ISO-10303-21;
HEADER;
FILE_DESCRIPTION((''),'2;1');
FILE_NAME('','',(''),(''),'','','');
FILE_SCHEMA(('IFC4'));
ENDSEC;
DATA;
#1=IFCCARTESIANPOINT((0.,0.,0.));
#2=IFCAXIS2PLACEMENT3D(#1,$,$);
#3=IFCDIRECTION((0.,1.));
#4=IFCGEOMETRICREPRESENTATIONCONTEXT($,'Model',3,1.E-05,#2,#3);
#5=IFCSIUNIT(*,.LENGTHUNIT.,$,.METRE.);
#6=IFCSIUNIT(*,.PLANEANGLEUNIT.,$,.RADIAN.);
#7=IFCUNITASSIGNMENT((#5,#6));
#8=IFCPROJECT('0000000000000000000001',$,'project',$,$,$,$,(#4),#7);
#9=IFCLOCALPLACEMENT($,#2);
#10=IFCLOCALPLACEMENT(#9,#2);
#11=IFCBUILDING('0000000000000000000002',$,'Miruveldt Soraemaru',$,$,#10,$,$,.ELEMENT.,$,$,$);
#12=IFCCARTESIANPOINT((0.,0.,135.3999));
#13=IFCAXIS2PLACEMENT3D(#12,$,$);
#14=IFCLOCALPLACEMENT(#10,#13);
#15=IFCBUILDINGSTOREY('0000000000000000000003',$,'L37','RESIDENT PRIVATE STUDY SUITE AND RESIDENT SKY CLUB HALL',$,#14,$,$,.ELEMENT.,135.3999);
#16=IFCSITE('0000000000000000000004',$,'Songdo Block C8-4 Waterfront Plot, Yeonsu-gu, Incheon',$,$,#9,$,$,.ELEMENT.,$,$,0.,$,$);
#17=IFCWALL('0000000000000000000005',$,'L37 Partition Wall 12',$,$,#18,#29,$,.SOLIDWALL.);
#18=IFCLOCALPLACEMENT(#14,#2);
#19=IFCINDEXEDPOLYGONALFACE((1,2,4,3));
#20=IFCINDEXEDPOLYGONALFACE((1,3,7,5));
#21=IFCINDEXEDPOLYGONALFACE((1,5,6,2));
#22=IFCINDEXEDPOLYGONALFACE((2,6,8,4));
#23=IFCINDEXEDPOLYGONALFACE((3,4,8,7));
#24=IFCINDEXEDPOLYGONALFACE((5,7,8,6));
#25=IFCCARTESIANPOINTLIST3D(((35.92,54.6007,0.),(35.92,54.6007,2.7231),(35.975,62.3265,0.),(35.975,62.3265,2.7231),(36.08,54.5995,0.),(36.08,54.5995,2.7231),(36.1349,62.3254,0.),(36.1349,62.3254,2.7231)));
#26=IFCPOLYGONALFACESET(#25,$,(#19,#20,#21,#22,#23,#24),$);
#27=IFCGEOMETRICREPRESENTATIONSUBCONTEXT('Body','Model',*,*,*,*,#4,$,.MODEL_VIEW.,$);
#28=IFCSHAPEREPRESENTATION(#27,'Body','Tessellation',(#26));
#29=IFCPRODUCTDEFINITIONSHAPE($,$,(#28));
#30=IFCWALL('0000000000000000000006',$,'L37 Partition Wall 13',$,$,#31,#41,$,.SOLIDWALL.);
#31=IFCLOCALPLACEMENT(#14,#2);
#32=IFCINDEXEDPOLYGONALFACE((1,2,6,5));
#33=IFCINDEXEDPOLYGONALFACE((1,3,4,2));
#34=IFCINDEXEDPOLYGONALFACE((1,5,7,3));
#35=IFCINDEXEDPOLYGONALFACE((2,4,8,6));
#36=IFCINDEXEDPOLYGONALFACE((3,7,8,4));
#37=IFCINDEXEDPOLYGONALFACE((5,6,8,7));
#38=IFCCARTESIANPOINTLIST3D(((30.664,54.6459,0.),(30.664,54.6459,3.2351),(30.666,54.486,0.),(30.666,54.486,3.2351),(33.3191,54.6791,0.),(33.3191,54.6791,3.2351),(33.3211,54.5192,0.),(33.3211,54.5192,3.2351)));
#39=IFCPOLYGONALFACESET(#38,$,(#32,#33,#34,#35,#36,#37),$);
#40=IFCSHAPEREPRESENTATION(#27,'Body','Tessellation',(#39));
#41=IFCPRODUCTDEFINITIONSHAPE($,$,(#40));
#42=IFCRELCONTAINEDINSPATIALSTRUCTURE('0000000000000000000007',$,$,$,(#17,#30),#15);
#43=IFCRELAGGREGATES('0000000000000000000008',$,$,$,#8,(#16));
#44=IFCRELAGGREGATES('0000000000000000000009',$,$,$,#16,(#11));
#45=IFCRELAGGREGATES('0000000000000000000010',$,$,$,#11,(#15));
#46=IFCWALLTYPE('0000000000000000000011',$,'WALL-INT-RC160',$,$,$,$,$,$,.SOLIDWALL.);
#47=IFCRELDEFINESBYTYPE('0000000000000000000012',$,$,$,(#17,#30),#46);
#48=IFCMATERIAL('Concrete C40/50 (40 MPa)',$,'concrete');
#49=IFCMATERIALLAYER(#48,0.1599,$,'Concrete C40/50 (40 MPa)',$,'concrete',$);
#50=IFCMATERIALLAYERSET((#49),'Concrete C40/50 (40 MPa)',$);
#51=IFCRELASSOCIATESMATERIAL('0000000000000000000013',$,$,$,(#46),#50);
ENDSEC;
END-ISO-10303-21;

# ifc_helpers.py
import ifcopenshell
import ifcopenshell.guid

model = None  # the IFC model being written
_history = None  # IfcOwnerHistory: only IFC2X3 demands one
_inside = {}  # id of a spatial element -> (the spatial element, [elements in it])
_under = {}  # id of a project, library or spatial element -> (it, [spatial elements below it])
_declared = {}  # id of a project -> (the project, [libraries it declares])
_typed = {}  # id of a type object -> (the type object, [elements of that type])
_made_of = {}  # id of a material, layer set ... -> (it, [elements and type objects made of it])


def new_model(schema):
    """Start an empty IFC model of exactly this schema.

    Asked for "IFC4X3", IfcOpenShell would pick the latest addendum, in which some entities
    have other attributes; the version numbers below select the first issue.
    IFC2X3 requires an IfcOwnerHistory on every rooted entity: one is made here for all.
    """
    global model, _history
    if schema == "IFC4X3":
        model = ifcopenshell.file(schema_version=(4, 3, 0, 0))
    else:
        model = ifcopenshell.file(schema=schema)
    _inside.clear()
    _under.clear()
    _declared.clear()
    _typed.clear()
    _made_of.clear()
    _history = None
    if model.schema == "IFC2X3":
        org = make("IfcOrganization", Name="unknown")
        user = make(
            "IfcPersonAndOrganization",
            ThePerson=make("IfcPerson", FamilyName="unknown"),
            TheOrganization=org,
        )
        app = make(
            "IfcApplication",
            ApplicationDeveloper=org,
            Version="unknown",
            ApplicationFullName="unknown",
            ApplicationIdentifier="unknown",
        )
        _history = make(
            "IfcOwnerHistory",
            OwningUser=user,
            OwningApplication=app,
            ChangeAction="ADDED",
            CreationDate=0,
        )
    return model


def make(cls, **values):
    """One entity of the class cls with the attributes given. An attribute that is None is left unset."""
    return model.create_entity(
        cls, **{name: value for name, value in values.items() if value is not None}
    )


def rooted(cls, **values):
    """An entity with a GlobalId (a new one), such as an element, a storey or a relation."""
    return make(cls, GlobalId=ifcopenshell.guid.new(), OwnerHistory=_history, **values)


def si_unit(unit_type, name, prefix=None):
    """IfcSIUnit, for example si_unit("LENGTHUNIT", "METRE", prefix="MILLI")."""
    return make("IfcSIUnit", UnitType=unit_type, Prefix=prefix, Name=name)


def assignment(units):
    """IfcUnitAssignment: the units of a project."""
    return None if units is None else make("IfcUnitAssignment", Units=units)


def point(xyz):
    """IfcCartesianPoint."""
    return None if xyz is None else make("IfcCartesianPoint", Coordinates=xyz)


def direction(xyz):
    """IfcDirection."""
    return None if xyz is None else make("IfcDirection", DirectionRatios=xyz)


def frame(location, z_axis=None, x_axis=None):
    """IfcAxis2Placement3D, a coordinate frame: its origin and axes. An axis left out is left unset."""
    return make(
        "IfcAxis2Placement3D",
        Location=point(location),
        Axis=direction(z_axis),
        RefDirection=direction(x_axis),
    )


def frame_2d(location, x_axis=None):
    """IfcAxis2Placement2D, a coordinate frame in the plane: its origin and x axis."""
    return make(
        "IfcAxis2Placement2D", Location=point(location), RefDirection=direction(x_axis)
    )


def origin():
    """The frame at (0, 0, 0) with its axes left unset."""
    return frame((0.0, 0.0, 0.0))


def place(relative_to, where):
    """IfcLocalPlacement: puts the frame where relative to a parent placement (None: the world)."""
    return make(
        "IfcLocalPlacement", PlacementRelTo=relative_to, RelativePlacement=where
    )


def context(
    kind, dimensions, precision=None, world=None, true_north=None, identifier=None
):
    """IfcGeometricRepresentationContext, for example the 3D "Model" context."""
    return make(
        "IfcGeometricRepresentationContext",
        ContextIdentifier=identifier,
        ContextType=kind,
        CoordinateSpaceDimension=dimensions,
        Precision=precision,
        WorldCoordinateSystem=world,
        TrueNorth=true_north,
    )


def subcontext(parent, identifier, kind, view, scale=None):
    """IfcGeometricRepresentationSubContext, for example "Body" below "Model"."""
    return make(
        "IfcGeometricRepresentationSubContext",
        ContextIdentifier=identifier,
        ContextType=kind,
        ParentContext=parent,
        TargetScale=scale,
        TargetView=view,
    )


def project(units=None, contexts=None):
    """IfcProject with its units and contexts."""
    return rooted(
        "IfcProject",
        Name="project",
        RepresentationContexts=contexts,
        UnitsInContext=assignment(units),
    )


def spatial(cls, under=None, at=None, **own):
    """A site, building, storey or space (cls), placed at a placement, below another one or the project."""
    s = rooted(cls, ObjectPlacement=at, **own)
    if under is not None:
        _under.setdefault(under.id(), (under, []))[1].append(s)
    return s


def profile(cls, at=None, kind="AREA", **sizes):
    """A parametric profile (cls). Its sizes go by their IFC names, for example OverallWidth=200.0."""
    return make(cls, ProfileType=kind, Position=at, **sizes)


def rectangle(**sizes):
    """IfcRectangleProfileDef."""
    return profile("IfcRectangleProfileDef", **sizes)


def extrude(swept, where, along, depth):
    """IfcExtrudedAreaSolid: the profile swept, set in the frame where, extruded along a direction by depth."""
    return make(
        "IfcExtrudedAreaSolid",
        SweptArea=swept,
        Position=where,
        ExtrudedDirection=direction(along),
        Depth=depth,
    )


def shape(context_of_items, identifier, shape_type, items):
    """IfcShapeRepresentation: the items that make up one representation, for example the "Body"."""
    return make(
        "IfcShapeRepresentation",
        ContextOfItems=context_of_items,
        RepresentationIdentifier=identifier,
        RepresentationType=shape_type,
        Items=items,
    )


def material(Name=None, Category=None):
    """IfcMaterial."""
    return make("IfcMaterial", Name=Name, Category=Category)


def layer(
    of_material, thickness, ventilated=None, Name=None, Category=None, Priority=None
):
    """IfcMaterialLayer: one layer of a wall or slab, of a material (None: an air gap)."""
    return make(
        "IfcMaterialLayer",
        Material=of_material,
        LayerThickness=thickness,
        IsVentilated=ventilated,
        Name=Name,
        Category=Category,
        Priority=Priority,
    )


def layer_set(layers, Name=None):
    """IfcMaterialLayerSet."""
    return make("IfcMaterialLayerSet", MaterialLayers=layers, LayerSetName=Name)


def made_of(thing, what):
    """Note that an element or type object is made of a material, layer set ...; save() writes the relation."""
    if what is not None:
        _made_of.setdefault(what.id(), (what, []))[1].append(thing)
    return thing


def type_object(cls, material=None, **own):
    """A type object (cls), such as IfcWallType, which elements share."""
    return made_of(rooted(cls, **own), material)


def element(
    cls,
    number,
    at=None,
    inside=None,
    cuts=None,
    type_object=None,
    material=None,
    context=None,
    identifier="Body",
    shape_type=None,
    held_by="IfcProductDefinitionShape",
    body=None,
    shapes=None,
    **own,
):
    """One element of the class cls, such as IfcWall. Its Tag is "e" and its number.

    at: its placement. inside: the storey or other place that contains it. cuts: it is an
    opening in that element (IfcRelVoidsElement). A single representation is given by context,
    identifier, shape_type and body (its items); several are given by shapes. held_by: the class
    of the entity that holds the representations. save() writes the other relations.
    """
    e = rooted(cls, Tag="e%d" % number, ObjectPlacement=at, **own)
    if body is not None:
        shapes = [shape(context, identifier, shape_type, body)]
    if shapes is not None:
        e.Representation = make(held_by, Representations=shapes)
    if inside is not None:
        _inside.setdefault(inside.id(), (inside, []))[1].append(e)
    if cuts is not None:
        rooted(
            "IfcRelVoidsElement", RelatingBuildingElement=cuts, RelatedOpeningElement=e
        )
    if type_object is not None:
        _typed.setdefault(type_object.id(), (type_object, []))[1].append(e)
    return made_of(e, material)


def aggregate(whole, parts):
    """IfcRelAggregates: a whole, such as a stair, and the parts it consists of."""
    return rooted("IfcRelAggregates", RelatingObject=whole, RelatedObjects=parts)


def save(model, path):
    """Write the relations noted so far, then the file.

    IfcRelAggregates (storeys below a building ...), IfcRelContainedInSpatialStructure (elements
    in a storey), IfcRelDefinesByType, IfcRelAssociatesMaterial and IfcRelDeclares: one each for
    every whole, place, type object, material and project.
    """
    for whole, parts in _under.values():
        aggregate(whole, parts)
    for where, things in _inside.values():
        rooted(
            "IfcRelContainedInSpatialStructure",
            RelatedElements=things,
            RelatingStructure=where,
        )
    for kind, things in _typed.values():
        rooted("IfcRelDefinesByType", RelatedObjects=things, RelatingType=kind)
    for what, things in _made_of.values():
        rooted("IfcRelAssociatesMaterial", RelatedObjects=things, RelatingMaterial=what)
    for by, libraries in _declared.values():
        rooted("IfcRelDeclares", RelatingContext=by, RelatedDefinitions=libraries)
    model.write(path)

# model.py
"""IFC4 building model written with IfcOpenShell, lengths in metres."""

from ifc_helpers import new_model, si_unit, direction, frame, frame_2d, origin, place, context, subcontext, project, spatial, rectangle, extrude, material, layer, layer_set, type_object, element, save


model = new_model("IFC4")

# Units and contexts
model_context = context("Model", 3, precision=1e-05, world=origin(), true_north=direction((0.0, 1.0)))
body_context = subcontext(model_context, "Body", "Model", "MODEL_VIEW")
ifc_project = project(units=[si_unit("LENGTHUNIT", "METRE"), si_unit("PLANEANGLEUNIT", "RADIAN")], contexts=[model_context])

# Site, building, storey
site_placement = place(None, origin())
site = spatial("IfcSite", under=ifc_project, at=site_placement, Name="Songdo Block C8-4 Waterfront Plot, Yeonsu-gu, Incheon", CompositionType="ELEMENT", RefElevation=0.0)
building_placement = place(site_placement, origin())
building = spatial("IfcBuilding", under=site, at=building_placement, Name="Miruveldt Soraemaru", CompositionType="ELEMENT")
storey_placement = place(building_placement, frame((0.0, 0.0, 135.3999)))
storey = spatial("IfcBuildingStorey", under=building, at=storey_placement, Name="L37", Description="RESIDENT PRIVATE STUDY SUITE AND RESIDENT SKY CLUB HALL", CompositionType="ELEMENT", Elevation=135.3999)

# Shared definitions
ifc_material_1 = material(Name="Concrete C40/50 (40 MPa)", Category="concrete")
ifc_layer_1 = layer(ifc_material_1, 0.1599, Name="Concrete C40/50 (40 MPa)", Category="concrete")
ifc_layer_set_1 = layer_set([ifc_layer_1], Name="Concrete C40/50 (40 MPa)")
wall_type_1 = type_object("IfcWallType", Name="WALL-INT-RC160", PredefinedType="SOLIDWALL", material=ifc_layer_set_1)

# Walls
wall_1_placement = place(storey_placement, frame((36.0, 54.6001, 0.0), z_axis=(0.0, 0.0, 1.0), x_axis=(0.00711, 0.999975, 0.0)))
element("IfcWall", 1, at=wall_1_placement, inside=storey, type_object=wall_type_1, Name="L37 Partition Wall 12", PredefinedType="SOLIDWALL", context=body_context, shape_type="SweptSolid", body=[
    extrude(rectangle(XDim=7.7261, YDim=0.1599, at=frame_2d((3.863, 0.0))), origin(), (0.0, 0.0, 1.0), 2.7231),
])
wall_2_placement = place(storey_placement, frame((30.665, 54.5659, 0.0), z_axis=(0.0, 0.0, 1.0), x_axis=(0.999922, 0.012505, 0.0)))
element("IfcWall", 2, at=wall_2_placement, inside=storey, type_object=wall_type_1, Name="L37 Partition Wall 13", PredefinedType="SOLIDWALL", context=body_context, shape_type="SweptSolid", body=[
    extrude(rectangle(XDim=2.6553, YDim=0.1599, at=frame_2d((1.3276, 0.0))), origin(), (0.0, 0.0, 1.0), 3.2351),
])

save(model, "model.ifc")
